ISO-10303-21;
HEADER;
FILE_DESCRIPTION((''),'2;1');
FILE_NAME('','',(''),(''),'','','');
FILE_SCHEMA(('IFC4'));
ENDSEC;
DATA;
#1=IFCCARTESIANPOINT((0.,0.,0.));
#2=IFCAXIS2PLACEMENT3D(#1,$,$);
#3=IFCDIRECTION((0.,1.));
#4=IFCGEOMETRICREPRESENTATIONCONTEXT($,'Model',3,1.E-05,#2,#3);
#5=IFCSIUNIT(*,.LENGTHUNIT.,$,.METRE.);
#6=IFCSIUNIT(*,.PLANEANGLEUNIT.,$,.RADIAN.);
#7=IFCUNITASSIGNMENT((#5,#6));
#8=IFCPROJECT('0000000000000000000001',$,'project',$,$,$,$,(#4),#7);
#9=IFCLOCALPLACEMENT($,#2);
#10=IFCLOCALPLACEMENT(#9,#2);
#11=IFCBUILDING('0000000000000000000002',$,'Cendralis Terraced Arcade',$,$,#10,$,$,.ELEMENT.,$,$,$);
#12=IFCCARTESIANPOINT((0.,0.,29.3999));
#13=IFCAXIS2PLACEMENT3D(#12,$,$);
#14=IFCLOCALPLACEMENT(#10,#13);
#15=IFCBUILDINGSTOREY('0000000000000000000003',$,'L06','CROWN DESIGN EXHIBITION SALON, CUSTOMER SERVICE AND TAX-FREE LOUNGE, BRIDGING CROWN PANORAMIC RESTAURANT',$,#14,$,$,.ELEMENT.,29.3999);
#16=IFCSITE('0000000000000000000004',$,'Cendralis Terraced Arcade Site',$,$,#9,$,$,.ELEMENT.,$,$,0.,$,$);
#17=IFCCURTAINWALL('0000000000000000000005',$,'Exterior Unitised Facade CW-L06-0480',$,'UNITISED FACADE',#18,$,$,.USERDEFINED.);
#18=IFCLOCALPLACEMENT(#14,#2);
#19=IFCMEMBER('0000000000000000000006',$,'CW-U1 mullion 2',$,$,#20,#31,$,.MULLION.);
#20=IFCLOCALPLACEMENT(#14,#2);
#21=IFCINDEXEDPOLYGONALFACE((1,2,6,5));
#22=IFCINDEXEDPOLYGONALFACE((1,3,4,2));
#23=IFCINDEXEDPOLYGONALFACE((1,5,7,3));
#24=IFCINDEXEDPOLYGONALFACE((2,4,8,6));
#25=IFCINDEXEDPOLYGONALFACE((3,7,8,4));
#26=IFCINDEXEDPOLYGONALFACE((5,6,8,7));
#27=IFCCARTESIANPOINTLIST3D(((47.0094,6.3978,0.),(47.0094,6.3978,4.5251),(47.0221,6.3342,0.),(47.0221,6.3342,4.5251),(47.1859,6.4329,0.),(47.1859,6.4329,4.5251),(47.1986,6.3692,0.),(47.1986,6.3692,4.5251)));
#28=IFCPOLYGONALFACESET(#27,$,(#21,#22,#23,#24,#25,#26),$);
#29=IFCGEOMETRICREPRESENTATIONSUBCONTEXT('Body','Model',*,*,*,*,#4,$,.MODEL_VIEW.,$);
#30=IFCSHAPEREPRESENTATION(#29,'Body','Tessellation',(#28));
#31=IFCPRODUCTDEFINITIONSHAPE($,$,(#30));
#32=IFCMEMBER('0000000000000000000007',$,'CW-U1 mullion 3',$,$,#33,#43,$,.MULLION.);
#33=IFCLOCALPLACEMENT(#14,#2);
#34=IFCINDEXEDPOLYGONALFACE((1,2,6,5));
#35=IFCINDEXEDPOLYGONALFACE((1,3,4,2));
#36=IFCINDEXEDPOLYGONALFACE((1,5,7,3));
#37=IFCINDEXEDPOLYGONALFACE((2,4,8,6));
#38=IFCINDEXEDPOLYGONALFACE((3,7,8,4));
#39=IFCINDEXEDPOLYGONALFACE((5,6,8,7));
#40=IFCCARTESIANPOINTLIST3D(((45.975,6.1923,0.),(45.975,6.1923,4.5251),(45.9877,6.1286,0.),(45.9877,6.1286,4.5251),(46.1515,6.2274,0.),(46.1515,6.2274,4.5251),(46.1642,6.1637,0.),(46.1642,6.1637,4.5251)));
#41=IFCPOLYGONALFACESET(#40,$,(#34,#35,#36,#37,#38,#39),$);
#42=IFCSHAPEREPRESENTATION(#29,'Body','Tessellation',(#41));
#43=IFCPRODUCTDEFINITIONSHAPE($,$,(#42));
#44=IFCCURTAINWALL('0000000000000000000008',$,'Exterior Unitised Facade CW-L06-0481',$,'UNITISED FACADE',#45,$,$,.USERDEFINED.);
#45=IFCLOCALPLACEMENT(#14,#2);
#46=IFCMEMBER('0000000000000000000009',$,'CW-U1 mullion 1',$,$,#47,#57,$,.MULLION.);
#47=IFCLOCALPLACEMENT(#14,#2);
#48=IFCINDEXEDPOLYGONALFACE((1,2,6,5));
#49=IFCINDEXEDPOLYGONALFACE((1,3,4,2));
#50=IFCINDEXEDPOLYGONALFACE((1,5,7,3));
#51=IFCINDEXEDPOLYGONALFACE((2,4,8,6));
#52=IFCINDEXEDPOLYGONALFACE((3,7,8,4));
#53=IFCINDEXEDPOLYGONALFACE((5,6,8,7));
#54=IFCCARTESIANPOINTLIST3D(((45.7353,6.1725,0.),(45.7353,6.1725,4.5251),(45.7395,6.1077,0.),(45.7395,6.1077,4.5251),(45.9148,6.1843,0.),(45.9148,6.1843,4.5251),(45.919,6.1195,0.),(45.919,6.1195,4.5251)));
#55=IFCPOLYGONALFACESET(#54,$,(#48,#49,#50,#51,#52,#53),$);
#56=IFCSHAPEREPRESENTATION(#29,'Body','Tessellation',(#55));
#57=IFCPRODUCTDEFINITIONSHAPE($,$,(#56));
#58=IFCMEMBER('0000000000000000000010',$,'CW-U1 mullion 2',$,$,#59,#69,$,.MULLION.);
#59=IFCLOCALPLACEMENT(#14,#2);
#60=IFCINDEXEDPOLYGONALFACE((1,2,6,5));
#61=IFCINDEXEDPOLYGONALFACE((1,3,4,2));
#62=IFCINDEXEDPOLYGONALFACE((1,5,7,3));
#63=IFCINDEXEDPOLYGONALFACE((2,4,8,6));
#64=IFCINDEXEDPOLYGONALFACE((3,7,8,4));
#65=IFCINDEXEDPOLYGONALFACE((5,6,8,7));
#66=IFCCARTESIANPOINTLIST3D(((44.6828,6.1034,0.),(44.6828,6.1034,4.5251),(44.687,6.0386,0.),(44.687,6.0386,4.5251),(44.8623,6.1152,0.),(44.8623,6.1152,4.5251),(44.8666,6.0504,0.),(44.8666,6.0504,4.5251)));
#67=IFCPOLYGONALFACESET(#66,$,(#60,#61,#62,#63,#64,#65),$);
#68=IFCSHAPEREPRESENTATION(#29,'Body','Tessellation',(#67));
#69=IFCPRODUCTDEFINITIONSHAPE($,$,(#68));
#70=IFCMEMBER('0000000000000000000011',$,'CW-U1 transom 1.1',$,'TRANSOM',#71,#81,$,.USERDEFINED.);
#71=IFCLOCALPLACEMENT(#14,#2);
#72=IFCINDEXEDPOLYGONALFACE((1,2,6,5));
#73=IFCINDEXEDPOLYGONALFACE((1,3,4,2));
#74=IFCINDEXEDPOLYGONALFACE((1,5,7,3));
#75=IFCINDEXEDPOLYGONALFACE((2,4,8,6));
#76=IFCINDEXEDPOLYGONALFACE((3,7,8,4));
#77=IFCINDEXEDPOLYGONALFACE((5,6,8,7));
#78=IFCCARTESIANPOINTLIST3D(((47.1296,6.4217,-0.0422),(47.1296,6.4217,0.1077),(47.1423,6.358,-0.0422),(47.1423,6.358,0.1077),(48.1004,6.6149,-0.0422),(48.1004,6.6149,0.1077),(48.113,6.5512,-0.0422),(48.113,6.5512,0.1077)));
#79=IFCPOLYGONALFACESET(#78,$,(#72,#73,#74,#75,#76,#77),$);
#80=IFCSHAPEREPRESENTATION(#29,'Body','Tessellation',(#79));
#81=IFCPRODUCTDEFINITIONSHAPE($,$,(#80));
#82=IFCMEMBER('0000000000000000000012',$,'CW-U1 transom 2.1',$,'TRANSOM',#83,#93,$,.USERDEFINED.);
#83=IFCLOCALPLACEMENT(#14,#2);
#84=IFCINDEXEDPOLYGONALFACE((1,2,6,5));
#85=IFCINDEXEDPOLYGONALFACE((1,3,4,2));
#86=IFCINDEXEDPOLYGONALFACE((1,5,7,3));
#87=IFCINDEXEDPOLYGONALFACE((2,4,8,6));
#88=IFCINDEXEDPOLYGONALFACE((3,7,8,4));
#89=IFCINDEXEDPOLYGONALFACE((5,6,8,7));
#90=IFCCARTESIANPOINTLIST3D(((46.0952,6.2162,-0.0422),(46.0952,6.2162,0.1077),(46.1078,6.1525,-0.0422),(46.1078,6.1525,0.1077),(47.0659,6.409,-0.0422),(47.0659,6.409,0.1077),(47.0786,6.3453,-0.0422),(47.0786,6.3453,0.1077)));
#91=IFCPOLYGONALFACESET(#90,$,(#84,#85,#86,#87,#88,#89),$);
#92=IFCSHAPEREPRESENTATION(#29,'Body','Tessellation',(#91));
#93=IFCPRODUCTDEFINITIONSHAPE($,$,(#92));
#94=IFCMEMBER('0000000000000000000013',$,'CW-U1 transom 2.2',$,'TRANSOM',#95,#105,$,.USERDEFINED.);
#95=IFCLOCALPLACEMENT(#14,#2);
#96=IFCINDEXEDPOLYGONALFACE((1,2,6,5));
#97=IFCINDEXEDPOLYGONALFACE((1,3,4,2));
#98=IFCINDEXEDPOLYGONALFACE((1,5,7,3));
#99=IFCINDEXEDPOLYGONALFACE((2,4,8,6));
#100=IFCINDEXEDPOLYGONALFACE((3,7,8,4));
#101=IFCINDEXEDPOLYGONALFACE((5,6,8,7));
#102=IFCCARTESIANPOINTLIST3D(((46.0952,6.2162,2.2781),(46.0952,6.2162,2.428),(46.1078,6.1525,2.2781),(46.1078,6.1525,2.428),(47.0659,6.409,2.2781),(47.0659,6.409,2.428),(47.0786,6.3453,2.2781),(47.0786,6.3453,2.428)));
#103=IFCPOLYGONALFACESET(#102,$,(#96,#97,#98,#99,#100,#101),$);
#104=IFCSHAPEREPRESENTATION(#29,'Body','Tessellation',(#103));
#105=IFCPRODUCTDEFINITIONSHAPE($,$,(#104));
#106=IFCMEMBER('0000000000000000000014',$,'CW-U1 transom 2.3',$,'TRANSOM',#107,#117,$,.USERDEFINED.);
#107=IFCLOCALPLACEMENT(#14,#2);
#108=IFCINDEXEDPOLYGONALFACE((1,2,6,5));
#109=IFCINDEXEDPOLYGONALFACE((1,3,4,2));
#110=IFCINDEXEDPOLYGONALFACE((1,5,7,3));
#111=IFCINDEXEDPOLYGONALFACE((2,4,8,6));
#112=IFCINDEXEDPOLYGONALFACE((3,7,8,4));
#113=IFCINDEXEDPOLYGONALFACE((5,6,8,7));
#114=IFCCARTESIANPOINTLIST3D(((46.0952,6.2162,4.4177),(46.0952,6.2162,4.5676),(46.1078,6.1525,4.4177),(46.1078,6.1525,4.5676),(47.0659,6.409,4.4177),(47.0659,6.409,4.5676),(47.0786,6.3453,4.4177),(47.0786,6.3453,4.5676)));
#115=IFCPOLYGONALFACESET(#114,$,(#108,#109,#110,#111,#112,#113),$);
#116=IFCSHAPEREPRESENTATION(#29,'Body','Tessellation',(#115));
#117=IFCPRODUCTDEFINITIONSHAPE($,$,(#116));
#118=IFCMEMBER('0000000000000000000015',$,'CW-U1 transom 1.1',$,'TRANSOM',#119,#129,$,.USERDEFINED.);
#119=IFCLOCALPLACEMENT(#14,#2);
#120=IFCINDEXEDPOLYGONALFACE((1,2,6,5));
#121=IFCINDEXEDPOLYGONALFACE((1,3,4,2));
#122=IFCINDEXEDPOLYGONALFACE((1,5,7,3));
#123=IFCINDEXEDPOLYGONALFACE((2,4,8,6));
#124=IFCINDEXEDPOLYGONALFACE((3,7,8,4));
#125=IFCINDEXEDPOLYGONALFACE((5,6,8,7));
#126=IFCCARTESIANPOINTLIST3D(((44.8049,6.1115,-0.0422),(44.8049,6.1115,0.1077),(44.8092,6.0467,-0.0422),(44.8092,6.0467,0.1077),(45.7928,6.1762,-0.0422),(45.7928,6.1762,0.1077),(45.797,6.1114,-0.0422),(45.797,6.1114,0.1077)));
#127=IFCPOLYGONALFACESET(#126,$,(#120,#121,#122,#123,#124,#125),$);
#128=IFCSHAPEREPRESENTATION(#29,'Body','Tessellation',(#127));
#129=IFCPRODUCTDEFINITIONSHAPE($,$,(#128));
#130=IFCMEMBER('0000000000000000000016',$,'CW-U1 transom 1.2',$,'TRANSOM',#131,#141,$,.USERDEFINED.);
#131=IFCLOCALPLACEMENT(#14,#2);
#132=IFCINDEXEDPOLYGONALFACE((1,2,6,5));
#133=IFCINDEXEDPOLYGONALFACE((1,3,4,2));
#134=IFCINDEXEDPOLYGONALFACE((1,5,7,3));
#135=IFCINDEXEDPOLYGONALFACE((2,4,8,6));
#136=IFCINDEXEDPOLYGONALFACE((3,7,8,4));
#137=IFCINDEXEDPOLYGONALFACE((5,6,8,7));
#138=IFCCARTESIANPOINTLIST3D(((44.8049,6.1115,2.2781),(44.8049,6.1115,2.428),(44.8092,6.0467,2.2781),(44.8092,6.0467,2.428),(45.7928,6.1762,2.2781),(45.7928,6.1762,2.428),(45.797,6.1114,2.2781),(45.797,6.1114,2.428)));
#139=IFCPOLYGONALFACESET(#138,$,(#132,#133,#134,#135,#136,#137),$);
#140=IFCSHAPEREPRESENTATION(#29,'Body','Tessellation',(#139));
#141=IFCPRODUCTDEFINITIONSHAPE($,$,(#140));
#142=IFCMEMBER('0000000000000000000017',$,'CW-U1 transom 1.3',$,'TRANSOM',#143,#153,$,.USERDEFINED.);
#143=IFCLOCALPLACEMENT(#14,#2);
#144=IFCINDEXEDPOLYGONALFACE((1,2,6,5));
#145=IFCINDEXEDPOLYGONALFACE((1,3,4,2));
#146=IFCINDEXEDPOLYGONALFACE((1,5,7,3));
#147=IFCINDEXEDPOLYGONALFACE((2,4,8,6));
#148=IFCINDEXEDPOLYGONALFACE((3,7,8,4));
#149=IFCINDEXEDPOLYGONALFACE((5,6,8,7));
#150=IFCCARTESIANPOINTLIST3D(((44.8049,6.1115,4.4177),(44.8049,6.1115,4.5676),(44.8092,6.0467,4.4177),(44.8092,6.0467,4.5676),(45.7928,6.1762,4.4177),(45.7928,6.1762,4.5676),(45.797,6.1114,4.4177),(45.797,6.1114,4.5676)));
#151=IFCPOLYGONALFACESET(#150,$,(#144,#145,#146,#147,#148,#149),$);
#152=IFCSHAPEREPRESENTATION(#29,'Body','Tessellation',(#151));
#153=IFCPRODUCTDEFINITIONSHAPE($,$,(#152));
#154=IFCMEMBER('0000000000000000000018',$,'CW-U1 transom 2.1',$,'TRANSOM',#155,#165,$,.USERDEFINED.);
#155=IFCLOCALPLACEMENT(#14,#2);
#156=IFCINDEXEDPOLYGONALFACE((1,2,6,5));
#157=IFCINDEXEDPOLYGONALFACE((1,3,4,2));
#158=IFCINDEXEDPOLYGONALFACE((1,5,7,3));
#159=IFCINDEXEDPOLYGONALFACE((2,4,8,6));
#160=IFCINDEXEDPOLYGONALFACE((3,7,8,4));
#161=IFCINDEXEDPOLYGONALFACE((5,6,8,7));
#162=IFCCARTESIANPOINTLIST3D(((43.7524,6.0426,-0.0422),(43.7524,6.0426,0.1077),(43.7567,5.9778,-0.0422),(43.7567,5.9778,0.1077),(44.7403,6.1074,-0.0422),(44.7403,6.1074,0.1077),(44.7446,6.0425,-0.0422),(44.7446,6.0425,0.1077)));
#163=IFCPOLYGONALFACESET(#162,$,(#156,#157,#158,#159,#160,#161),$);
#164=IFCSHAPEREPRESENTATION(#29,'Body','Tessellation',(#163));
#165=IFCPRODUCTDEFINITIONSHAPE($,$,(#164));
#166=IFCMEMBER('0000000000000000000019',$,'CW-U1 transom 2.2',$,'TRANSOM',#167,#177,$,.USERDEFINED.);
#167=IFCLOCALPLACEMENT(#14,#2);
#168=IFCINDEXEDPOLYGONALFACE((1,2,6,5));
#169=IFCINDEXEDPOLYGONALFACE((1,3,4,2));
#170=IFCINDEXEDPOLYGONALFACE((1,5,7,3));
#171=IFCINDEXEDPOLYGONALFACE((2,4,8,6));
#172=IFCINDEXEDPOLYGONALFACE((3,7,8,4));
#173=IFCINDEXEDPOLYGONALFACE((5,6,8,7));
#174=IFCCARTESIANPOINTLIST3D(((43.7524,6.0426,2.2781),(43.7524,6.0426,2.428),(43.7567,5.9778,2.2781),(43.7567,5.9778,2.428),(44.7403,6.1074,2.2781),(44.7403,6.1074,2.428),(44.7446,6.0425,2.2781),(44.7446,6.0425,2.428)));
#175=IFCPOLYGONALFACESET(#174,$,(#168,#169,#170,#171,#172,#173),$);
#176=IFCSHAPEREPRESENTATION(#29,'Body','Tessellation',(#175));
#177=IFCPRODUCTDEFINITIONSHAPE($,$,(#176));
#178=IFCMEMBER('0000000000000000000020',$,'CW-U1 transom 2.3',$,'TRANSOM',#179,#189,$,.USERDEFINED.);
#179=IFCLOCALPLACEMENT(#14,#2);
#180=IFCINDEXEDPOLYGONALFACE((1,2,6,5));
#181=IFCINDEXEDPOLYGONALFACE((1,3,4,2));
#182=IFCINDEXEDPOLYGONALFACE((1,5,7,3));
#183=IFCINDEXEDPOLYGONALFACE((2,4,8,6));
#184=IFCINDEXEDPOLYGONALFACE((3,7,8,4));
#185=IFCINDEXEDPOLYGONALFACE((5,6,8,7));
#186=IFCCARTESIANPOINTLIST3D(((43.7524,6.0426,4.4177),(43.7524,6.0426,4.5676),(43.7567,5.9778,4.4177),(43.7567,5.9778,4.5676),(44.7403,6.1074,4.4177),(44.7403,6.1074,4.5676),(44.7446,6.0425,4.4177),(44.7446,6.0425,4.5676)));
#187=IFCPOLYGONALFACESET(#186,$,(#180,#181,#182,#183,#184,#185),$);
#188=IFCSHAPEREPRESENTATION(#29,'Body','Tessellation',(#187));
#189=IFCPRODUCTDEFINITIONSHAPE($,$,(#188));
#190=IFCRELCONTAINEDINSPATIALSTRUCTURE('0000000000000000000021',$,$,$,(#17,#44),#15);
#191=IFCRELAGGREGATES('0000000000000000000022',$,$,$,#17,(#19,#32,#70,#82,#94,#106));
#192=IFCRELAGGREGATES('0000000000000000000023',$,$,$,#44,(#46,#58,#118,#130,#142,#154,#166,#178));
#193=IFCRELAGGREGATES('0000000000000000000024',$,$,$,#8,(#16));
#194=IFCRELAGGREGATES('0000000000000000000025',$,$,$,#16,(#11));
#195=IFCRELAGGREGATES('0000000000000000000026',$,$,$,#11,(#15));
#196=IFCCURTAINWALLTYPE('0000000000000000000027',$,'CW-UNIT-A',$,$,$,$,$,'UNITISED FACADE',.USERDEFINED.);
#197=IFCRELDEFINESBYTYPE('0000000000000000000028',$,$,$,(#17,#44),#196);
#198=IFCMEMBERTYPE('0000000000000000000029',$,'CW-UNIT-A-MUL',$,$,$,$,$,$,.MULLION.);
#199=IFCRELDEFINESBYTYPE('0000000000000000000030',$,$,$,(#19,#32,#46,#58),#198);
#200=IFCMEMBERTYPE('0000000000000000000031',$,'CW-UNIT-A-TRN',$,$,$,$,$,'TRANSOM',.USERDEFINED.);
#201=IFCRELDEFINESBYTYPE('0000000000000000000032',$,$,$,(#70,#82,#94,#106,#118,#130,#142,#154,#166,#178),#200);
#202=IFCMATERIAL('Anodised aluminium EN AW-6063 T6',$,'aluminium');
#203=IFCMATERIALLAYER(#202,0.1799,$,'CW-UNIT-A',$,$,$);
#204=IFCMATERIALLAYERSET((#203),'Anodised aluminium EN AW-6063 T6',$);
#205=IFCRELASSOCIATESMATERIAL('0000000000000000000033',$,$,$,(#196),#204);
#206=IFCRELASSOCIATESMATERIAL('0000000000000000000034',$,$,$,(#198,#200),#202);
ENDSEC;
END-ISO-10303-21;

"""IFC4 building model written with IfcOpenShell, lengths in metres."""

from ifc_helpers import new_model, si_unit, direction, frame, origin, origin_2d, place, context, subcontext, project, spatial, rectangle, extrude, material, layer, layer_set, material_profile, profile_set, type_object, element, aggregate, save


model = new_model("IFC4")

# Units and contexts
model_context = context("Model", 3, precision=1e-05, world=origin(), true_north=direction((0.0, 1.0)))
body_context = subcontext(model_context, "Body", "Model", "MODEL_VIEW")
ifc_project = project(units=[si_unit("LENGTHUNIT", "METRE"), si_unit("PLANEANGLEUNIT", "RADIAN")], contexts=[model_context])

# Site, building, storey
site_placement = place(None, origin())
site = spatial("IfcSite", under=ifc_project, at=site_placement, Name="Cendralis Terraced Arcade Site", CompositionType="ELEMENT", RefElevation=0.0)
building_placement = place(site_placement, origin())
building = spatial("IfcBuilding", under=site, at=building_placement, Name="Cendralis Terraced Arcade", CompositionType="ELEMENT")
storey_placement = place(building_placement, frame((0.0, 0.0, 29.3999)))
storey = spatial("IfcBuildingStorey", under=building, at=storey_placement, Name="L06", Description="CROWN DESIGN EXHIBITION SALON, CUSTOMER SERVICE AND TAX-FREE LOUNGE, BRIDGING CROWN PANORAMIC RESTAURANT", CompositionType="ELEMENT", Elevation=29.3999)

# Curtain walls, members
ifc_material_1 = material(Name="Anodised aluminium EN AW-6063 T6", Category="aluminium")
ifc_layer_1 = layer(ifc_material_1, 0.1799, Name="CW-UNIT-A")
ifc_layer_set_1 = layer_set([ifc_layer_1], Name="Anodised aluminium EN AW-6063 T6")
curtain_wall_type = type_object("IfcCurtainWallType", Name="CW-UNIT-A", ElementType="UNITISED FACADE", PredefinedType="USERDEFINED", material=ifc_layer_set_1)
curtain_wall_1_placement = place(storey_placement, origin())
curtain_wall_1 = element("IfcCurtainWall", 1, at=curtain_wall_1_placement, inside=storey, type_object=curtain_wall_type, Name="Exterior Unitised Facade CW-L06-0480", ObjectType="UNITISED FACADE", PredefinedType="USERDEFINED")
ifc_material_profile_1 = material_profile(ifc_material_1, rectangle(XDim=0.0649, YDim=0.1799, at=origin_2d()), Name="ALU-MUL-65x180")
ifc_profile_set_1 = profile_set([ifc_material_profile_1], Name="Anodised aluminium EN AW-6063 T6")
member_type_1 = type_object("IfcMemberType", Name="CW-UNIT-A-MUL", PredefinedType="MULLION", material=ifc_profile_set_1)
member_1_placement = place(storey_placement, frame((47.104, 6.3835, 0.0), z_axis=(0.0, 0.0, 1.0), x_axis=(0.195046, -0.980794, 0.0)))
member_1 = element("IfcMember", 2, at=member_1_placement, type_object=member_type_1, Name="CW-U1 mullion 2", PredefinedType="MULLION", context=body_context, shape_type="SweptSolid", body=[
    extrude(rectangle(XDim=0.0649, YDim=0.1799, at=origin_2d()), origin(), (0.0, 0.0, 1.0), 4.5251),
])
member_2_placement = place(storey_placement, frame((46.0696, 6.178, 0.0), z_axis=(0.0, 0.0, 1.0), x_axis=(0.195046, -0.980794, 0.0)))
member_2 = element("IfcMember", 3, at=member_2_placement, type_object=member_type_1, Name="CW-U1 mullion 3", PredefinedType="MULLION", context=body_context, shape_type="SweptSolid", body=[
    extrude(rectangle(XDim=0.0649, YDim=0.1799, at=origin_2d()), origin(), (0.0, 0.0, 1.0), 4.5251),
])
curtain_wall_2_placement = place(storey_placement, origin())
curtain_wall_2 = element("IfcCurtainWall", 4, at=curtain_wall_2_placement, inside=storey, type_object=curtain_wall_type, Name="Exterior Unitised Facade CW-L06-0481", ObjectType="UNITISED FACADE", PredefinedType="USERDEFINED")
member_3_placement = place(storey_placement, frame((45.8271, 6.146, 0.0), z_axis=(0.0, 0.0, 1.0), x_axis=(0.065393, -0.99786, 0.0)))
member_3 = element("IfcMember", 5, at=member_3_placement, type_object=member_type_1, Name="CW-U1 mullion 1", PredefinedType="MULLION", context=body_context, shape_type="SweptSolid", body=[
    extrude(rectangle(XDim=0.0649, YDim=0.1799, at=origin_2d()), origin(), (0.0, 0.0, 1.0), 4.5251),
])
member_4_placement = place(storey_placement, frame((44.7747, 6.0769, 0.0), z_axis=(0.0, 0.0, 1.0), x_axis=(0.065393, -0.99786, 0.0)))
member_4 = element("IfcMember", 6, at=member_4_placement, type_object=member_type_1, Name="CW-U1 mullion 2", PredefinedType="MULLION", context=body_context, shape_type="SweptSolid", body=[
    extrude(rectangle(XDim=0.0649, YDim=0.1799, at=origin_2d()), origin(), (0.0, 0.0, 1.0), 4.5251),
])

# Members
ifc_material_profile_2 = material_profile(ifc_material_1, rectangle(XDim=0.0649, YDim=0.1499, at=origin_2d()), Name="ALU-TRN-65x150")
ifc_profile_set_2 = profile_set([ifc_material_profile_2], Name="Anodised aluminium EN AW-6063 T6")
member_type_2 = type_object("IfcMemberType", Name="CW-UNIT-A-TRN", ElementType="TRANSOM", PredefinedType="USERDEFINED", material=ifc_profile_set_2)
member_5_placement = place(storey_placement, frame((48.1067, 6.583, 0.0327), z_axis=(-0.980779, -0.19512, 0.0), x_axis=(0.19512, -0.980779, 0.0)))
member_5 = element("IfcMember", 7, at=member_5_placement, type_object=member_type_2, Name="CW-U1 transom 1.1", ObjectType="TRANSOM", PredefinedType="USERDEFINED", context=body_context, shape_type="SweptSolid", body=[
    extrude(rectangle(XDim=0.0649, YDim=0.1499, at=origin_2d()), origin(), (0.0, 0.0, 1.0), 0.9897),
])
member_6_placement = place(storey_placement, frame((47.0723, 6.3772, 0.0327), z_axis=(-0.980827, -0.194883, 0.0), x_axis=(0.194883, -0.980827, 0.0)))
member_6 = element("IfcMember", 8, at=member_6_placement, type_object=member_type_2, Name="CW-U1 transom 2.1", ObjectType="TRANSOM", PredefinedType="USERDEFINED", context=body_context, shape_type="SweptSolid", body=[
    extrude(rectangle(XDim=0.0649, YDim=0.1499, at=origin_2d()), origin(), (0.0, 0.0, 1.0), 0.9897),
])
member_7_placement = place(storey_placement, frame((47.0723, 6.3772, 2.353), z_axis=(-0.980827, -0.194883, 0.0), x_axis=(0.194883, -0.980827, 0.0)))
member_7 = element("IfcMember", 9, at=member_7_placement, type_object=member_type_2, Name="CW-U1 transom 2.2", ObjectType="TRANSOM", PredefinedType="USERDEFINED", context=body_context, shape_type="SweptSolid", body=[
    extrude(rectangle(XDim=0.0649, YDim=0.1499, at=origin_2d()), origin(), (0.0, 0.0, 1.0), 0.9897),
])
member_8_placement = place(storey_placement, frame((47.0723, 6.3772, 4.4927), z_axis=(-0.980827, -0.194883, 0.0), x_axis=(0.194883, -0.980827, 0.0)))
member_8 = element("IfcMember", 10, at=member_8_placement, type_object=member_type_2, Name="CW-U1 transom 2.3", ObjectType="TRANSOM", PredefinedType="USERDEFINED", context=body_context, shape_type="SweptSolid", body=[
    extrude(rectangle(XDim=0.0649, YDim=0.1499, at=origin_2d()), origin(), (0.0, 0.0, 1.0), 0.9897),
])
member_9_placement = place(storey_placement, frame((45.7949, 6.1438, 0.0327), z_axis=(-0.997862, -0.065357, 0.0), x_axis=(0.065357, -0.997862, 0.0)))
member_9 = element("IfcMember", 11, at=member_9_placement, type_object=member_type_2, Name="CW-U1 transom 1.1", ObjectType="TRANSOM", PredefinedType="USERDEFINED", context=body_context, shape_type="SweptSolid", body=[
    extrude(rectangle(XDim=0.0649, YDim=0.1499, at=origin_2d()), origin(), (0.0, 0.0, 1.0), 0.99),
])
member_10_placement = place(storey_placement, frame((45.7949, 6.1438, 2.353), z_axis=(-0.997862, -0.065357, 0.0), x_axis=(0.065357, -0.997862, 0.0)))
member_10 = element("IfcMember", 12, at=member_10_placement, type_object=member_type_2, Name="CW-U1 transom 1.2", ObjectType="TRANSOM", PredefinedType="USERDEFINED", context=body_context, shape_type="SweptSolid", body=[
    extrude(rectangle(XDim=0.0649, YDim=0.1499, at=origin_2d()), origin(), (0.0, 0.0, 1.0), 0.99),
])
member_11_placement = place(storey_placement, frame((45.7949, 6.1438, 4.4927), z_axis=(-0.997862, -0.065357, 0.0), x_axis=(0.065357, -0.997862, 0.0)))
member_11 = element("IfcMember", 13, at=member_11_placement, type_object=member_type_2, Name="CW-U1 transom 1.3", ObjectType="TRANSOM", PredefinedType="USERDEFINED", context=body_context, shape_type="SweptSolid", body=[
    extrude(rectangle(XDim=0.0649, YDim=0.1499, at=origin_2d()), origin(), (0.0, 0.0, 1.0), 0.99),
])
member_12_placement = place(storey_placement, frame((44.7424, 6.075, 0.0327), z_axis=(-0.997862, -0.065357, 0.0), x_axis=(0.065357, -0.997862, 0.0)))
member_12 = element("IfcMember", 14, at=member_12_placement, type_object=member_type_2, Name="CW-U1 transom 2.1", ObjectType="TRANSOM", PredefinedType="USERDEFINED", context=body_context, shape_type="SweptSolid", body=[
    extrude(rectangle(XDim=0.0649, YDim=0.1499, at=origin_2d()), origin(), (0.0, 0.0, 1.0), 0.99),
])
member_13_placement = place(storey_placement, frame((44.7424, 6.075, 2.353), z_axis=(-0.997862, -0.065357, 0.0), x_axis=(0.065357, -0.997862, 0.0)))
member_13 = element("IfcMember", 15, at=member_13_placement, type_object=member_type_2, Name="CW-U1 transom 2.2", ObjectType="TRANSOM", PredefinedType="USERDEFINED", context=body_context, shape_type="SweptSolid", body=[
    extrude(rectangle(XDim=0.0649, YDim=0.1499, at=origin_2d()), origin(), (0.0, 0.0, 1.0), 0.99),
])
member_14_placement = place(storey_placement, frame((44.7424, 6.075, 4.4927), z_axis=(-0.997862, -0.065357, 0.0), x_axis=(0.065357, -0.997862, 0.0)))
member_14 = element("IfcMember", 16, at=member_14_placement, type_object=member_type_2, Name="CW-U1 transom 2.3", ObjectType="TRANSOM", PredefinedType="USERDEFINED", context=body_context, shape_type="SweptSolid", body=[
    extrude(rectangle(XDim=0.0649, YDim=0.1499, at=origin_2d()), origin(), (0.0, 0.0, 1.0), 0.99),
])

aggregate(curtain_wall_1, [member_1, member_2, member_5, member_6, member_7, member_8])
aggregate(curtain_wall_2, [member_3, member_4, member_9, member_10, member_11, member_12, member_13, member_14])

save(model, "model.ifc")
